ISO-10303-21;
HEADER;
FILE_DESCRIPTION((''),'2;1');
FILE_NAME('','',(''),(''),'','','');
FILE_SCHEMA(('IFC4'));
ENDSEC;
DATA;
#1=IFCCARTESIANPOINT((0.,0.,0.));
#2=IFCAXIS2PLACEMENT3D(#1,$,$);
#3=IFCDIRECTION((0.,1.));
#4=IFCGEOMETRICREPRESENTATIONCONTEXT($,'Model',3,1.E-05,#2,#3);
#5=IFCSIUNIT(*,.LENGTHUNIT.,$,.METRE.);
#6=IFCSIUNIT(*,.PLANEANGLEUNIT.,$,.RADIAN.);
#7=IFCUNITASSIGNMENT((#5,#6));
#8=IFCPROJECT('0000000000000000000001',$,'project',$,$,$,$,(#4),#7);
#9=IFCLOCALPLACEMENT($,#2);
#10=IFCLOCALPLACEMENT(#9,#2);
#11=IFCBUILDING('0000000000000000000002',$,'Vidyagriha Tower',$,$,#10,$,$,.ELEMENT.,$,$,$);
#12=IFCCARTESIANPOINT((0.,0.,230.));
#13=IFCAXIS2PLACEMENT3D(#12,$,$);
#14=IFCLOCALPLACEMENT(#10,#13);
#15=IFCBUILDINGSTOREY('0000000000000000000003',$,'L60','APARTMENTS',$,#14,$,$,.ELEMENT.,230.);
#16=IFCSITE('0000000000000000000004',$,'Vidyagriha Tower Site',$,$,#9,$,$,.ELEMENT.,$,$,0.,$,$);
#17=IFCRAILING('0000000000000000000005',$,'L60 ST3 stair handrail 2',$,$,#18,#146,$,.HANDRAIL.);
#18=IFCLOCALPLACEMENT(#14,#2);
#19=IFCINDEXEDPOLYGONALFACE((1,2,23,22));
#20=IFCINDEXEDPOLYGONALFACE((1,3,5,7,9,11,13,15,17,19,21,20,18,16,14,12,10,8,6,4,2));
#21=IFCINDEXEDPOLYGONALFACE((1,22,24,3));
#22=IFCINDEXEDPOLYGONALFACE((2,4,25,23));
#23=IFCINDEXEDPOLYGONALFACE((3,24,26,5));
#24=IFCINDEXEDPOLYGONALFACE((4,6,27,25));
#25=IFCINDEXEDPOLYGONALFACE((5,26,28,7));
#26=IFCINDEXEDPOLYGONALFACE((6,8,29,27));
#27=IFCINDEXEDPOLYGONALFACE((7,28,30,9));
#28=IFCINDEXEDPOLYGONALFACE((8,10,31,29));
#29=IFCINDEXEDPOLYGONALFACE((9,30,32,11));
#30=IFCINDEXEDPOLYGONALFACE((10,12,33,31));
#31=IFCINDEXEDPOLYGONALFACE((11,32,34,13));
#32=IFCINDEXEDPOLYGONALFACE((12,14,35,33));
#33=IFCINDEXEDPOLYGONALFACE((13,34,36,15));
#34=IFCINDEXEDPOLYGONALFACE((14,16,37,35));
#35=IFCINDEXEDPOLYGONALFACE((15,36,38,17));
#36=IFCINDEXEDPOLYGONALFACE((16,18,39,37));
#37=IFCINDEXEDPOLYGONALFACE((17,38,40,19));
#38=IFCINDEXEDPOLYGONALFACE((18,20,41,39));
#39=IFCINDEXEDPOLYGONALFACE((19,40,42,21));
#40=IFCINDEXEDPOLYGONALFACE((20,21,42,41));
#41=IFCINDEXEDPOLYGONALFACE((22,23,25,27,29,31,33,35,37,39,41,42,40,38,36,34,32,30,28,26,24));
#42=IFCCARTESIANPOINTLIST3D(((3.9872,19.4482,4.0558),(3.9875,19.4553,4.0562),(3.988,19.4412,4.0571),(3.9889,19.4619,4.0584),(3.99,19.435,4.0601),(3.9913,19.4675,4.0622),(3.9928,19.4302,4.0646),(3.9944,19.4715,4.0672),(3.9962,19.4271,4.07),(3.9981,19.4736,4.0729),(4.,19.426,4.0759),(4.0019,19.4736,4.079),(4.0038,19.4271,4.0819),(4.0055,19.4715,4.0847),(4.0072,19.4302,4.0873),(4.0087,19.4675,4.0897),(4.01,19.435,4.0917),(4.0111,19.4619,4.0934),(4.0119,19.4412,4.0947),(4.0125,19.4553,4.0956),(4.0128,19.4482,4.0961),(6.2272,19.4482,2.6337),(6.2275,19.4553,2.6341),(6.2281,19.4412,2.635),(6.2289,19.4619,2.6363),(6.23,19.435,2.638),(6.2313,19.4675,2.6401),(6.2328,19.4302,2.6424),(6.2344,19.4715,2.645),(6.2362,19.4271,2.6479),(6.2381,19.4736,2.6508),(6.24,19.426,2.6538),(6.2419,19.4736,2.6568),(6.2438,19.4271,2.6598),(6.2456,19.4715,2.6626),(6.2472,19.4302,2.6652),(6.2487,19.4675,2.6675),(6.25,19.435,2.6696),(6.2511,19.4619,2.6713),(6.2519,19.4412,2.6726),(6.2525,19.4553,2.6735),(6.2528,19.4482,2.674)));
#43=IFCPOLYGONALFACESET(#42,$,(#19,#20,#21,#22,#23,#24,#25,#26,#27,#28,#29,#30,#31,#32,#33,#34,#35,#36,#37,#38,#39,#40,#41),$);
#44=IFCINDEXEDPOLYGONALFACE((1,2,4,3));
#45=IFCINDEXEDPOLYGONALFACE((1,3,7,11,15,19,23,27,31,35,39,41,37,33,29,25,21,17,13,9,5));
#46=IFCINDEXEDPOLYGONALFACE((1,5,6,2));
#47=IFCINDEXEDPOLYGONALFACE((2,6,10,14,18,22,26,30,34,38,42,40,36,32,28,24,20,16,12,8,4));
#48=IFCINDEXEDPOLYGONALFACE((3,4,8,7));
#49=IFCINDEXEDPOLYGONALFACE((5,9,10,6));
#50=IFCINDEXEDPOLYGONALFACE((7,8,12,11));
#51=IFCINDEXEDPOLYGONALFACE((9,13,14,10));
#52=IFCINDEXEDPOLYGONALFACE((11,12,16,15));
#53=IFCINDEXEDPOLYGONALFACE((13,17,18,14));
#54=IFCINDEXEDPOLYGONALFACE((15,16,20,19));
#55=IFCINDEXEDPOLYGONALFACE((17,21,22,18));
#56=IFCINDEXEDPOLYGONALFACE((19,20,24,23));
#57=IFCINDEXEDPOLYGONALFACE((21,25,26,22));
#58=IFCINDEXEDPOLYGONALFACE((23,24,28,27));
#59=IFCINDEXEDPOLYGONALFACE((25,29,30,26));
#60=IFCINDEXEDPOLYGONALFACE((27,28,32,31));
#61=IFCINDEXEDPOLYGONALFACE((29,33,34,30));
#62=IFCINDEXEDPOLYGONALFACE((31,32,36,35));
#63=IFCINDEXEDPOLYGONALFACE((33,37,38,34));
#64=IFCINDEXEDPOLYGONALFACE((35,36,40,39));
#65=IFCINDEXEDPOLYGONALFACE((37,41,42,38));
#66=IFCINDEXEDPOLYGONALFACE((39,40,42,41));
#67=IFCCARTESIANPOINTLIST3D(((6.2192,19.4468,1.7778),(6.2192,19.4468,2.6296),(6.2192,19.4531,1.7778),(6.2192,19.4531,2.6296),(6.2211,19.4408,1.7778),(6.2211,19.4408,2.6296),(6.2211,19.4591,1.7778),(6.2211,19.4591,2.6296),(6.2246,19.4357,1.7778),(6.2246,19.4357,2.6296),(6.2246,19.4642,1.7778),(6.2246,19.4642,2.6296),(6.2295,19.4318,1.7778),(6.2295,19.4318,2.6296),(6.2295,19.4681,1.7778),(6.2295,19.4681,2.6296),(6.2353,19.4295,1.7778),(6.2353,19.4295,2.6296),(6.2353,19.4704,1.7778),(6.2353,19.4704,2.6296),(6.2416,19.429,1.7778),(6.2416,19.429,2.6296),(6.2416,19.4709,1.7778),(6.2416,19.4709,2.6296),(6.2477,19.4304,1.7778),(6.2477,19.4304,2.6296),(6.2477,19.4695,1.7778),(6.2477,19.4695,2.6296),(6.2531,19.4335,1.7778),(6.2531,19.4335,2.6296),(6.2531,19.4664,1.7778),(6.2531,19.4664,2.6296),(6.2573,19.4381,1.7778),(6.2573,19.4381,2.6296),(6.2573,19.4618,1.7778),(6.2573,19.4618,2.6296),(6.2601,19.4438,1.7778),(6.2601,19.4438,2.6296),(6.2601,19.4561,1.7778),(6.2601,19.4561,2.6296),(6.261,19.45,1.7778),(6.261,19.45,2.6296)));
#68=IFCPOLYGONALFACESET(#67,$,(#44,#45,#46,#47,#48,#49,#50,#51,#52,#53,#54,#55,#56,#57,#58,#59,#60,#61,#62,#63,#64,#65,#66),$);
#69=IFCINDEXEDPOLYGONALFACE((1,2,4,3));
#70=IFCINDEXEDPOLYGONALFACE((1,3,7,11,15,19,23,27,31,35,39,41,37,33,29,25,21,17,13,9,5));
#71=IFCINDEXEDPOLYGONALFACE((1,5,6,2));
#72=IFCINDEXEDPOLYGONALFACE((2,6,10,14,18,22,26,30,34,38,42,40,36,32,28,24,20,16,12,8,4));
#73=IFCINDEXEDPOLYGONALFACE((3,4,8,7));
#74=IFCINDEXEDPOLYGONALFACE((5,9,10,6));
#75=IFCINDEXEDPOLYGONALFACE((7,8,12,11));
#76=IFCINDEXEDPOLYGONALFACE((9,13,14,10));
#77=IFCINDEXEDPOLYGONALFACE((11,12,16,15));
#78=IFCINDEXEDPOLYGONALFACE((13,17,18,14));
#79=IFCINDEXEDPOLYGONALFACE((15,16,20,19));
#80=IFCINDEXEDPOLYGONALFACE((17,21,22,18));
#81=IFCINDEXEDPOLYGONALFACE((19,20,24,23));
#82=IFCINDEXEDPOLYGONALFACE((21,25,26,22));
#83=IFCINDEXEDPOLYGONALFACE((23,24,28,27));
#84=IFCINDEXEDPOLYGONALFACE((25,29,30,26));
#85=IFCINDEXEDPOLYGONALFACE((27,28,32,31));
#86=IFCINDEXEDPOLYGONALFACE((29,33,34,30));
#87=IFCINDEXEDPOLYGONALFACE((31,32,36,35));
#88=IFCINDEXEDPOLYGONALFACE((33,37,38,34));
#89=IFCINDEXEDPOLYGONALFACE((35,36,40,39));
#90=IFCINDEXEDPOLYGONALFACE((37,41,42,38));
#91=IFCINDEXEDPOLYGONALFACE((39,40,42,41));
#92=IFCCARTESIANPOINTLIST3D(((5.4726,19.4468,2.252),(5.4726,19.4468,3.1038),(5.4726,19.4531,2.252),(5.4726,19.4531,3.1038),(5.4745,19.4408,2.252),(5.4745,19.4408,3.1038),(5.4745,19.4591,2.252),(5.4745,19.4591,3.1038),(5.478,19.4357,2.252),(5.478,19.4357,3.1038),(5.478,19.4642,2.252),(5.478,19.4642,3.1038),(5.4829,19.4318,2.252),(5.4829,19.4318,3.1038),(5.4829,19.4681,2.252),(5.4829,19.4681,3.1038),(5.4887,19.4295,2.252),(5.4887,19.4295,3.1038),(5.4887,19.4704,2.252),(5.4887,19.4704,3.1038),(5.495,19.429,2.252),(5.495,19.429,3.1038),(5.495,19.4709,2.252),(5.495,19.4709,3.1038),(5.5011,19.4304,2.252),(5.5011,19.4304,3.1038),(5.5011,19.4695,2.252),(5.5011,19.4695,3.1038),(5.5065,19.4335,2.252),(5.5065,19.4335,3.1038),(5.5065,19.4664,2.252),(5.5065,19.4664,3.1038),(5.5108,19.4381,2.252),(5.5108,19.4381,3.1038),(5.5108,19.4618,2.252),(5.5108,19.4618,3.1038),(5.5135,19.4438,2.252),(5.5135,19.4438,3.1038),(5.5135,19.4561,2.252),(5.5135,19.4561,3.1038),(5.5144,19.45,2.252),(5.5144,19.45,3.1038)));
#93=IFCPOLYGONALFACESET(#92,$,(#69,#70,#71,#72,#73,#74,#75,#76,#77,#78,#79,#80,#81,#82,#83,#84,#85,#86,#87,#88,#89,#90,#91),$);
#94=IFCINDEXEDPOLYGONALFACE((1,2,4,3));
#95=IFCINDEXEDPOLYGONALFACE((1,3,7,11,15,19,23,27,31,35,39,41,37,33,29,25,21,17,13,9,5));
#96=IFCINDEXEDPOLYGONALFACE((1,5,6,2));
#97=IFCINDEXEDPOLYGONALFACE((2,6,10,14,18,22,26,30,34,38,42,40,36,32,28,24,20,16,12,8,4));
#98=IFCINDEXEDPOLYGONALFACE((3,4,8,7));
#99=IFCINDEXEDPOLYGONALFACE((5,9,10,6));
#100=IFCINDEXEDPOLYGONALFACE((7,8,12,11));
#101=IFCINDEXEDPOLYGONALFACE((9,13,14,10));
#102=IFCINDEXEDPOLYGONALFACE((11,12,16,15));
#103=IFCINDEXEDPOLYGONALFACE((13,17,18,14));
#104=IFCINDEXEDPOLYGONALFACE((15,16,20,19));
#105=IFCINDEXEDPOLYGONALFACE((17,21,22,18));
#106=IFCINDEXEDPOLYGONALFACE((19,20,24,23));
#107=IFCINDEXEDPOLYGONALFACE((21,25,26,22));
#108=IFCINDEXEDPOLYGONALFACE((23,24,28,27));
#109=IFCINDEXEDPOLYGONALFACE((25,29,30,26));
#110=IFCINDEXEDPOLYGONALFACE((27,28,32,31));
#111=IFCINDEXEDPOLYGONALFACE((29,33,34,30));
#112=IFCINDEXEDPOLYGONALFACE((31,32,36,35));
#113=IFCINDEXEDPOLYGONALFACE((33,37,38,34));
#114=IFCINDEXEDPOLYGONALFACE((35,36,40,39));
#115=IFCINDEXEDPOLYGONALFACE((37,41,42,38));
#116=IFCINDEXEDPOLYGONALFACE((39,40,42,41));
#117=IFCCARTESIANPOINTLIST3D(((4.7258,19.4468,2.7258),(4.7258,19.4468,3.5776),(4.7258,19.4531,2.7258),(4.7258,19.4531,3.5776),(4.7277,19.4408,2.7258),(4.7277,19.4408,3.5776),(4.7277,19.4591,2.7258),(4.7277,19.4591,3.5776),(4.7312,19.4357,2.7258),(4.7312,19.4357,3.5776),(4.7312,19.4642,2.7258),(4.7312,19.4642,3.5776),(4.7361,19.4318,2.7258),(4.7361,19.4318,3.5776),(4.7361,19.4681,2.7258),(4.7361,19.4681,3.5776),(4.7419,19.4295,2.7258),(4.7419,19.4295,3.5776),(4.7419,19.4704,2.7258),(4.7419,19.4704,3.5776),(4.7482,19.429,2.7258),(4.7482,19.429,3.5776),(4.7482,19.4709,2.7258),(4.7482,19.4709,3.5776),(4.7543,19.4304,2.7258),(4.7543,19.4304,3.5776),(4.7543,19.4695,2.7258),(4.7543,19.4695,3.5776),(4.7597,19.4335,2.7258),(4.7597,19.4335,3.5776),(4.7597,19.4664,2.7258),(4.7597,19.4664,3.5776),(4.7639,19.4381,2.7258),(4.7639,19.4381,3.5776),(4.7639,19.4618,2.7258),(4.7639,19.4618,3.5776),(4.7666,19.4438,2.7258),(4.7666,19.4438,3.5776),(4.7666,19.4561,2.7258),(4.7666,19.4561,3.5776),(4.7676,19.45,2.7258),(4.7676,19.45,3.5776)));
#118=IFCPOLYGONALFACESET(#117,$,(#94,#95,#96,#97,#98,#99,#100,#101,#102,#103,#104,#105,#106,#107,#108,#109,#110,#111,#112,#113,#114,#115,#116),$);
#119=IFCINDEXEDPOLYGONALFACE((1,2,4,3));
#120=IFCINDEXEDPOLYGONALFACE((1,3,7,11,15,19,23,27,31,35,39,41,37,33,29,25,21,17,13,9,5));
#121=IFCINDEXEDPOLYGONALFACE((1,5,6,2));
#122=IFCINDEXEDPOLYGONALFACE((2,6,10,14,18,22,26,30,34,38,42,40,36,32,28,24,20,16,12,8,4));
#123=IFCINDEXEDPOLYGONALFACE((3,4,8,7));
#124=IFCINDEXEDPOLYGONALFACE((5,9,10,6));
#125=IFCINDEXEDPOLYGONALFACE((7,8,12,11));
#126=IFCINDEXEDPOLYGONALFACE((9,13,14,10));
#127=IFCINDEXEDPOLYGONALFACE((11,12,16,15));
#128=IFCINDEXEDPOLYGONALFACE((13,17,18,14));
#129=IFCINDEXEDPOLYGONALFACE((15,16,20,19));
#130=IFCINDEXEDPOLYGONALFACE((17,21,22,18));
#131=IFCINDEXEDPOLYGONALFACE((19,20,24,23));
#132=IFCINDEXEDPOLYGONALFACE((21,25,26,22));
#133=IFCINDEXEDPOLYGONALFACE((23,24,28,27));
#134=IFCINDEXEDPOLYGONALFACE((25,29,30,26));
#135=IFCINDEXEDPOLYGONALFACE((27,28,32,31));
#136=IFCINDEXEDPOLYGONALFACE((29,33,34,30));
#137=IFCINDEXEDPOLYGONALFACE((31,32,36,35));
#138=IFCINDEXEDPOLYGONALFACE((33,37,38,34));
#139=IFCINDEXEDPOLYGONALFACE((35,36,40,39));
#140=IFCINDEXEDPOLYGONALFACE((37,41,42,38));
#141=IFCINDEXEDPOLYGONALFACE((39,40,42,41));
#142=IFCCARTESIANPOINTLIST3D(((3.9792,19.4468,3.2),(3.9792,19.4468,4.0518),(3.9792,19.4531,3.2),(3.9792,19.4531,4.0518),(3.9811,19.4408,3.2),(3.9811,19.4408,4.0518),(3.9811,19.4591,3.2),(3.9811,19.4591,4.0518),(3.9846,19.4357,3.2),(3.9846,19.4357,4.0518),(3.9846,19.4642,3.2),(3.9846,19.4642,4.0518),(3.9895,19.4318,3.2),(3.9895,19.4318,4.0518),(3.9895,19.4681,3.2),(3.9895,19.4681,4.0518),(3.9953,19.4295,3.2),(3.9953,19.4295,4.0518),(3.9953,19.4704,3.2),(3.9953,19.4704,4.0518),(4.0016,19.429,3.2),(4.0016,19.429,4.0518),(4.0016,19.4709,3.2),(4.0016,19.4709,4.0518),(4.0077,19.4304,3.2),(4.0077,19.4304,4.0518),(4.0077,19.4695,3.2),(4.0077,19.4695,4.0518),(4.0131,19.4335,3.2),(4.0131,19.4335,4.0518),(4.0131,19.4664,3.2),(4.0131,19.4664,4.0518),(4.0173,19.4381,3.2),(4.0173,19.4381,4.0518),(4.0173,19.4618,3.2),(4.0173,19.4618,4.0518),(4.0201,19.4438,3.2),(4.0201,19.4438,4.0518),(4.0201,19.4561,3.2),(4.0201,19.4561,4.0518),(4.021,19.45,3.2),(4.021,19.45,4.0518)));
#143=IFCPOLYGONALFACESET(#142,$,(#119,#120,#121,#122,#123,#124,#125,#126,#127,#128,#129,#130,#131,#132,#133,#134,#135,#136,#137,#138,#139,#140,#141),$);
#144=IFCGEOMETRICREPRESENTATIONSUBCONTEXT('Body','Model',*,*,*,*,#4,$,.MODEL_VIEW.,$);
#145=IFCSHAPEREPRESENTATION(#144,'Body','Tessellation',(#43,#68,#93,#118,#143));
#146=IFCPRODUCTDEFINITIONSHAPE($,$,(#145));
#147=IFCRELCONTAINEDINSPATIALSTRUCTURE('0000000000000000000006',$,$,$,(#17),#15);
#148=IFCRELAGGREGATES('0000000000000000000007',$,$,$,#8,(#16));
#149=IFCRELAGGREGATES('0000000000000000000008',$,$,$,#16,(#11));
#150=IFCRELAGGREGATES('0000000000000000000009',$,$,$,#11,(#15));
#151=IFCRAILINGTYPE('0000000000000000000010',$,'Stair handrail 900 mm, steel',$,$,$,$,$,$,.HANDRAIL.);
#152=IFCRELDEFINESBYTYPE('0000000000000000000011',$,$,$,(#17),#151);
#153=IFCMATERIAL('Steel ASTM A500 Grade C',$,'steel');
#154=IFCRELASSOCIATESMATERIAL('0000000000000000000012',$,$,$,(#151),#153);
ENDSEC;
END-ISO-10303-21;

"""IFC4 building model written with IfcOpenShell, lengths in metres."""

from ifc_helpers import new_model, si_unit, direction, frame, origin, origin_2d, place, context, subcontext, project, spatial, circle, extrude, material, type_object, element, save


model = new_model("IFC4")

# Units and contexts
model_context = context("Model", 3, precision=1e-05, world=origin(), true_north=direction((0.0, 1.0)))
body_context = subcontext(model_context, "Body", "Model", "MODEL_VIEW")
ifc_project = project(units=[si_unit("LENGTHUNIT", "METRE"), si_unit("PLANEANGLEUNIT", "RADIAN")], contexts=[model_context])

# Site, building, storey
site_placement = place(None, origin())
site = spatial("IfcSite", under=ifc_project, at=site_placement, Name="Vidyagriha Tower Site", CompositionType="ELEMENT", RefElevation=0.0)
building_placement = place(site_placement, origin())
building = spatial("IfcBuilding", under=site, at=building_placement, Name="Vidyagriha Tower", CompositionType="ELEMENT")
storey_placement = place(building_placement, frame((0.0, 0.0, 230.0)))
storey = spatial("IfcBuildingStorey", under=building, at=storey_placement, Name="L60", Description="APARTMENTS", CompositionType="ELEMENT", Elevation=230.0)

# Railing
ifc_material_1 = material(Name="Steel ASTM A500 Grade C", Category="steel")
railing_type_1 = type_object("IfcRailingType", Name="Stair handrail 900 mm, steel", PredefinedType="HANDRAIL", material=ifc_material_1)
railing_1_placement = place(storey_placement, frame((6.24, 19.45, 1.7778)))
element("IfcRailing", 1, at=railing_1_placement, inside=storey, type_object=railing_type_1, Name="L60 ST3 stair handrail 2", PredefinedType="HANDRAIL", context=body_context, shape_type="SweptSolid", body=[
    extrude(circle(Radius=0.0239, at=origin_2d()), frame((0.0, 0.0, 0.876), z_axis=(-0.844229, 0.0, 0.535982), x_axis=(0.0, -1.0, 0.0)), (0.0, 0.0, 1.0), 2.6533),
    extrude(circle(Radius=0.021, at=origin_2d()), origin(), (0.0, 0.0, 1.0), 0.8518),
    extrude(circle(Radius=0.021, at=origin_2d()), frame((-0.7466, 0.0, 0.4741)), (0.0, 0.0, 1.0), 0.8518),
    extrude(circle(Radius=0.021, at=origin_2d()), frame((-1.4934, 0.0, 0.948)), (0.0, 0.0, 1.0), 0.8518),
    extrude(circle(Radius=0.021, at=origin_2d()), frame((-2.24, 0.0, 1.4221)), (0.0, 0.0, 1.0), 0.8518),
])

save(model, "model.ifc")
